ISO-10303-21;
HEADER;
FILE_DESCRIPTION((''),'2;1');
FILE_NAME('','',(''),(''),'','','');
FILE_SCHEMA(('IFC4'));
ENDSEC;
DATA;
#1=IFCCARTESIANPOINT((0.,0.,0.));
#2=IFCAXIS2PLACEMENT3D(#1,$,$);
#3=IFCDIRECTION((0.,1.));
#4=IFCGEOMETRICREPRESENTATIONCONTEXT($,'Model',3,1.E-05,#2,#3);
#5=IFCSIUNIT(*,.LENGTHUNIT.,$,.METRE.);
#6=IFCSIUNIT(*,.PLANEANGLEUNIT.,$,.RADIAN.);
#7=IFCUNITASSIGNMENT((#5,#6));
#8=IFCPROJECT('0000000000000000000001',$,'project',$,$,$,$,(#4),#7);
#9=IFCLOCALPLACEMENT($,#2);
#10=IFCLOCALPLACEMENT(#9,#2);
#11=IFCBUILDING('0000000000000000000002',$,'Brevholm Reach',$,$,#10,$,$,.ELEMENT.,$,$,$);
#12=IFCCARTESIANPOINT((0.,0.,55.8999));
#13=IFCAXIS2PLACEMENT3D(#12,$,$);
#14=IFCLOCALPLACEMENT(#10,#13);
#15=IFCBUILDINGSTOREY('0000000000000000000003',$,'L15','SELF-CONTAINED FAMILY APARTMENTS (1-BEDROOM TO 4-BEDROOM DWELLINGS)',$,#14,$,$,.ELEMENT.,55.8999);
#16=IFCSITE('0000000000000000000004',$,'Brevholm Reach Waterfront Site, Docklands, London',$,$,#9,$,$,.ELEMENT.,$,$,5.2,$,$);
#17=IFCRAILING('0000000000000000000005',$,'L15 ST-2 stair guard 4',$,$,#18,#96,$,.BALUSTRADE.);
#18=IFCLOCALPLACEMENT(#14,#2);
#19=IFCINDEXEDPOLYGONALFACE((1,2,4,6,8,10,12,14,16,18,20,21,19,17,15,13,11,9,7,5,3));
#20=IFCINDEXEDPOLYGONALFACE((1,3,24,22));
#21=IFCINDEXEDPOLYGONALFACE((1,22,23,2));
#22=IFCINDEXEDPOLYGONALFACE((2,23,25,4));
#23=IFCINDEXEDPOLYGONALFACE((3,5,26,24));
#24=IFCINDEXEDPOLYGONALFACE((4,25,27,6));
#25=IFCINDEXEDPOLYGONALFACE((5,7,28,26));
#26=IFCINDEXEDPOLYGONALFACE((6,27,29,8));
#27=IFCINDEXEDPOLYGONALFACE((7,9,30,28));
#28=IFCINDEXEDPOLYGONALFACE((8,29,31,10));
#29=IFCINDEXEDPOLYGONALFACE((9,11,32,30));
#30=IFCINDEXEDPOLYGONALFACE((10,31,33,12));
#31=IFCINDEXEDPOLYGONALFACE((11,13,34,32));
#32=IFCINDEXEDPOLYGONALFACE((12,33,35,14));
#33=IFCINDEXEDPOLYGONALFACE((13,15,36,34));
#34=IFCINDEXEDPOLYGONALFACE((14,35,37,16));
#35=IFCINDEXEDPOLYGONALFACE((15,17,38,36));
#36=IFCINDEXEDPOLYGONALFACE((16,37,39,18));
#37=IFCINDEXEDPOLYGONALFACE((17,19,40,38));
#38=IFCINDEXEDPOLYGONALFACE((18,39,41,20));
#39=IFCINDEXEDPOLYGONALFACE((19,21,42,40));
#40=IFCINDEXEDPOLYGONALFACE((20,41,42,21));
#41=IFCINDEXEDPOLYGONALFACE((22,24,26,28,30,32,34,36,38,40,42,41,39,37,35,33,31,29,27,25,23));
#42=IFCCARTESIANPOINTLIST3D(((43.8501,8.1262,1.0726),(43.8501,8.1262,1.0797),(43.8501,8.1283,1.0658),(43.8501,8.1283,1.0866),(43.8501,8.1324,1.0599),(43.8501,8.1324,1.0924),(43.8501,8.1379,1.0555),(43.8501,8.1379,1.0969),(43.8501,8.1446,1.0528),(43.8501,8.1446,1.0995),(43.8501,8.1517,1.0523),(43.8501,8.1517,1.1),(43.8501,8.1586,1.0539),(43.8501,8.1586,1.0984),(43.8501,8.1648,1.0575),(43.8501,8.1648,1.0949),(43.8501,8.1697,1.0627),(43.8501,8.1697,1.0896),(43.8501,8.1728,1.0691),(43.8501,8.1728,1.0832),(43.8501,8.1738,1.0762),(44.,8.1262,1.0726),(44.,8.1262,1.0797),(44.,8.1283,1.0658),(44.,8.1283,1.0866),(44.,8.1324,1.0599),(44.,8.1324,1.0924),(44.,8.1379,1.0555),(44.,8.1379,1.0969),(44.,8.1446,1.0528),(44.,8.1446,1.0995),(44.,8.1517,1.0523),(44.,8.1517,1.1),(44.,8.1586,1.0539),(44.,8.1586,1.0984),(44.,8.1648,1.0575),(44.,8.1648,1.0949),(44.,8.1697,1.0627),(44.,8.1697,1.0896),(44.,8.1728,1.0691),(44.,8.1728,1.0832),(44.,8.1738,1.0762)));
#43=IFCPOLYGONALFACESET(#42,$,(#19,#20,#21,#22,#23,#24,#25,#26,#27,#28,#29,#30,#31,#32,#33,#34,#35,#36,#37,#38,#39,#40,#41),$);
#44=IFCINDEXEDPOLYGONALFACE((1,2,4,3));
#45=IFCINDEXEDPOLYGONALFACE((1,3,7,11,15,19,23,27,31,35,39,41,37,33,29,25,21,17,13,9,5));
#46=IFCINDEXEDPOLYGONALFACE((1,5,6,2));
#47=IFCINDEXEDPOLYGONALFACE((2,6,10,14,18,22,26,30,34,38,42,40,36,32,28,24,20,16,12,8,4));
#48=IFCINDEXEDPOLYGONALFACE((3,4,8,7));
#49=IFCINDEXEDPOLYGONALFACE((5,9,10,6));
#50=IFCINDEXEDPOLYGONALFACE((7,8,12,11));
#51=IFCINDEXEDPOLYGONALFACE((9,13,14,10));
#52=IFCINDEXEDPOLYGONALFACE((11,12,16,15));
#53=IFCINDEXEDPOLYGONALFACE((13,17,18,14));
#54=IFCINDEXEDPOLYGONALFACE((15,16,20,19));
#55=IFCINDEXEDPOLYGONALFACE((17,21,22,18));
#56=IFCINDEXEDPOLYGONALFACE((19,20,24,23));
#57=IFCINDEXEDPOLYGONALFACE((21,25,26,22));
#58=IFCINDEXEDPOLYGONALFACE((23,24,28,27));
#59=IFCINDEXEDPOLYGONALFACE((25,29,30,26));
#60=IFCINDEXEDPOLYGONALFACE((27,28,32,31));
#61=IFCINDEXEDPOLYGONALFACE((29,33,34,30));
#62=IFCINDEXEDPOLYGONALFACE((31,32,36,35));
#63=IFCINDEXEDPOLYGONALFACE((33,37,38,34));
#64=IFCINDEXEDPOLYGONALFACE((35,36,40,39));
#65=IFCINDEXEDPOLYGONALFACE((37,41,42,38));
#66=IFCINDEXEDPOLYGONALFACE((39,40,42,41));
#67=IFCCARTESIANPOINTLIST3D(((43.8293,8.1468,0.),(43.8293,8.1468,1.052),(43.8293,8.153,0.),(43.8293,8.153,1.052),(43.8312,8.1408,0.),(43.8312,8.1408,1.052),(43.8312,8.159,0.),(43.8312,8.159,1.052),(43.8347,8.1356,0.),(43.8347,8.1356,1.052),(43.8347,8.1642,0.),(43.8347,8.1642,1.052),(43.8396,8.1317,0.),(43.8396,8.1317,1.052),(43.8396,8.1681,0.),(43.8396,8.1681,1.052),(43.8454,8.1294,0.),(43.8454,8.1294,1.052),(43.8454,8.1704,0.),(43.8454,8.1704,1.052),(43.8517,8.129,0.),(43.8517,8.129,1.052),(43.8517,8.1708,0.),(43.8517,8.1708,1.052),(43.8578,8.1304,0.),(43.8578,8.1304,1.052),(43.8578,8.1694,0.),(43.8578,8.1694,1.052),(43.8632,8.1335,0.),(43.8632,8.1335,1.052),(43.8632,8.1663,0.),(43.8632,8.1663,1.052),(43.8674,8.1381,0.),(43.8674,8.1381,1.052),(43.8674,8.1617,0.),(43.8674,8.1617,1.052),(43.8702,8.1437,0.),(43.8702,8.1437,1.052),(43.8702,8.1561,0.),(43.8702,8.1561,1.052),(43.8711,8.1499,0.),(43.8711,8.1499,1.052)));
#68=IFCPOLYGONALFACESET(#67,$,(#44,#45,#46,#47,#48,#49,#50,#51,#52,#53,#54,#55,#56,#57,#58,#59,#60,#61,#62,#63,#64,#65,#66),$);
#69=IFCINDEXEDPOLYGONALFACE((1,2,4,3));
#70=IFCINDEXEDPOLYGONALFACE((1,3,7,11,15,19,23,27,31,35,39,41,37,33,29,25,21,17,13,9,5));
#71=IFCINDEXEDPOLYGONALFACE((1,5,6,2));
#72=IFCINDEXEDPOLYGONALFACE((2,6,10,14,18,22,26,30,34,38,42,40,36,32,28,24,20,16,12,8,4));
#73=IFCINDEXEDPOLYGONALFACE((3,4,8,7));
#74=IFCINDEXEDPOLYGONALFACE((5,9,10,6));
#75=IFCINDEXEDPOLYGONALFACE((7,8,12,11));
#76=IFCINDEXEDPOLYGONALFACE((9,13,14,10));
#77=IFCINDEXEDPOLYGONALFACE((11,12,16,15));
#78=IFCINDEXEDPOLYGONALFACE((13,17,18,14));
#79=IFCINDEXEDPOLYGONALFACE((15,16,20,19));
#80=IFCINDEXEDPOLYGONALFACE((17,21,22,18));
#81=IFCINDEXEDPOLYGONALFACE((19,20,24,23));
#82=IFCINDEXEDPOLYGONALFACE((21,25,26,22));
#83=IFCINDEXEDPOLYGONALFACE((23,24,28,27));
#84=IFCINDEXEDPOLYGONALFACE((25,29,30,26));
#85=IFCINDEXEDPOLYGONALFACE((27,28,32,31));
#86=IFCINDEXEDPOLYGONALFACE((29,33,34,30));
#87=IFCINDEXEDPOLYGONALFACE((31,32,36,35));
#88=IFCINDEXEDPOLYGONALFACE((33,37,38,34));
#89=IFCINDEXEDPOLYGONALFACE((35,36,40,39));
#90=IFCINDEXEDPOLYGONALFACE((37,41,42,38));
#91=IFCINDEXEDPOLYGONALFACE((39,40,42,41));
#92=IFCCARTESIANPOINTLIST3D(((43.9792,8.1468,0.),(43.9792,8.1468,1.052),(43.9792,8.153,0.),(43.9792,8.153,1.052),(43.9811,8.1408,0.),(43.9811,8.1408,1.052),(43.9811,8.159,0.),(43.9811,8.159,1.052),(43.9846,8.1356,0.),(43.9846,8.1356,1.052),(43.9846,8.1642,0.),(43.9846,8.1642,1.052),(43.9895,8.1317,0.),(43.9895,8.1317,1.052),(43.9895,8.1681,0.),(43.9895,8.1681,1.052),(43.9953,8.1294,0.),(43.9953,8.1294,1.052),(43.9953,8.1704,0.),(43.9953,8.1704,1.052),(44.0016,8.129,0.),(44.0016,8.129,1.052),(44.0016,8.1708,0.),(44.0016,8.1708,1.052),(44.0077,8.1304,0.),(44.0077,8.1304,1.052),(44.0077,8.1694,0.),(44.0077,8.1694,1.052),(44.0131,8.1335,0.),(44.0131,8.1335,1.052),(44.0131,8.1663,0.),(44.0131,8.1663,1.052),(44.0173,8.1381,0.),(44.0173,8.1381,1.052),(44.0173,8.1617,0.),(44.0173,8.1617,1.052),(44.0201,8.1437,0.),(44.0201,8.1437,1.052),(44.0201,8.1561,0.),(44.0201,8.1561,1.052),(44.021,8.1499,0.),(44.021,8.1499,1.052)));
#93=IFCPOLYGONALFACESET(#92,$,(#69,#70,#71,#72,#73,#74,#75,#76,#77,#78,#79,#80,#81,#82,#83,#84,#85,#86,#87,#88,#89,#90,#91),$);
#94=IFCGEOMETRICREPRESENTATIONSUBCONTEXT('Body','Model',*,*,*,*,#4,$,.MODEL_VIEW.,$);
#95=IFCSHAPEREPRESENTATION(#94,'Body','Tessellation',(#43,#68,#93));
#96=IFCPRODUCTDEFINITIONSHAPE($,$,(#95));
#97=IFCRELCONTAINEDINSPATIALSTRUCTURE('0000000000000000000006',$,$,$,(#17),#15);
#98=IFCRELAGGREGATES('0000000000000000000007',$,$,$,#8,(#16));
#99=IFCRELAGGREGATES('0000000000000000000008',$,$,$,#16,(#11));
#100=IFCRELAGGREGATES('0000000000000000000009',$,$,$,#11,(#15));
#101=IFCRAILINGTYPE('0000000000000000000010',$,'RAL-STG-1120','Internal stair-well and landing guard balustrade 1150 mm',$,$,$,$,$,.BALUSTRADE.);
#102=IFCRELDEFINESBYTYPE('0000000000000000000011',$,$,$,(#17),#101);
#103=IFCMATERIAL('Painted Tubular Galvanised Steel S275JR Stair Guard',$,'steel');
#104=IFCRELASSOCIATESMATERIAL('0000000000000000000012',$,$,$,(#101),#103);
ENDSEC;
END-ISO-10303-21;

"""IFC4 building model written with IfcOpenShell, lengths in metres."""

from ifc_helpers import new_model, si_unit, direction, frame, origin, origin_2d, place, context, subcontext, project, spatial, circle, extrude, material, type_object, element, save


model = new_model("IFC4")

# Units and contexts
model_context = context("Model", 3, precision=1e-05, world=origin(), true_north=direction((0.0, 1.0)))
body_context = subcontext(model_context, "Body", "Model", "MODEL_VIEW")
ifc_project = project(units=[si_unit("LENGTHUNIT", "METRE"), si_unit("PLANEANGLEUNIT", "RADIAN")], contexts=[model_context])

# Site, building, storey
site_placement = place(None, origin())
site = spatial("IfcSite", under=ifc_project, at=site_placement, Name="Brevholm Reach Waterfront Site, Docklands, London", CompositionType="ELEMENT", RefElevation=5.2)
building_placement = place(site_placement, origin())
building = spatial("IfcBuilding", under=site, at=building_placement, Name="Brevholm Reach", CompositionType="ELEMENT")
storey_placement = place(building_placement, frame((0.0, 0.0, 55.8999)))
storey = spatial("IfcBuildingStorey", under=building, at=storey_placement, Name="L15", Description="SELF-CONTAINED FAMILY APARTMENTS (1-BEDROOM TO 4-BEDROOM DWELLINGS)", CompositionType="ELEMENT", Elevation=55.8999)

# Railing
ifc_material_1 = material(Name="Painted Tubular Galvanised Steel S275JR Stair Guard", Category="steel")
railing_type = type_object("IfcRailingType", Name="RAL-STG-1120", Description="Internal stair-well and landing guard balustrade 1150 mm", PredefinedType="BALUSTRADE", material=ifc_material_1)
railing_1_placement = place(storey_placement, frame((43.8501, 8.1499, 0.0)))
element("IfcRailing", 1, at=railing_1_placement, inside=storey, type_object=railing_type, Name="L15 ST-2 stair guard 4", PredefinedType="BALUSTRADE", context=body_context, shape_type="SweptSolid", body=[
    extrude(circle(Radius=0.0239, at=origin_2d()), frame((0.0, 0.0, 1.0762), z_axis=(1.0, 0.0, 0.0), x_axis=(0.0, 1.0, 0.0)), (0.0, 0.0, 1.0), 0.1499),
    extrude(circle(Radius=0.021, at=origin_2d()), origin(), (0.0, 0.0, 1.0), 1.052),
    extrude(circle(Radius=0.021, at=origin_2d()), frame((0.1499, 0.0, 0.0)), (0.0, 0.0, 1.0), 1.052),
])

save(model, "model.ifc")
